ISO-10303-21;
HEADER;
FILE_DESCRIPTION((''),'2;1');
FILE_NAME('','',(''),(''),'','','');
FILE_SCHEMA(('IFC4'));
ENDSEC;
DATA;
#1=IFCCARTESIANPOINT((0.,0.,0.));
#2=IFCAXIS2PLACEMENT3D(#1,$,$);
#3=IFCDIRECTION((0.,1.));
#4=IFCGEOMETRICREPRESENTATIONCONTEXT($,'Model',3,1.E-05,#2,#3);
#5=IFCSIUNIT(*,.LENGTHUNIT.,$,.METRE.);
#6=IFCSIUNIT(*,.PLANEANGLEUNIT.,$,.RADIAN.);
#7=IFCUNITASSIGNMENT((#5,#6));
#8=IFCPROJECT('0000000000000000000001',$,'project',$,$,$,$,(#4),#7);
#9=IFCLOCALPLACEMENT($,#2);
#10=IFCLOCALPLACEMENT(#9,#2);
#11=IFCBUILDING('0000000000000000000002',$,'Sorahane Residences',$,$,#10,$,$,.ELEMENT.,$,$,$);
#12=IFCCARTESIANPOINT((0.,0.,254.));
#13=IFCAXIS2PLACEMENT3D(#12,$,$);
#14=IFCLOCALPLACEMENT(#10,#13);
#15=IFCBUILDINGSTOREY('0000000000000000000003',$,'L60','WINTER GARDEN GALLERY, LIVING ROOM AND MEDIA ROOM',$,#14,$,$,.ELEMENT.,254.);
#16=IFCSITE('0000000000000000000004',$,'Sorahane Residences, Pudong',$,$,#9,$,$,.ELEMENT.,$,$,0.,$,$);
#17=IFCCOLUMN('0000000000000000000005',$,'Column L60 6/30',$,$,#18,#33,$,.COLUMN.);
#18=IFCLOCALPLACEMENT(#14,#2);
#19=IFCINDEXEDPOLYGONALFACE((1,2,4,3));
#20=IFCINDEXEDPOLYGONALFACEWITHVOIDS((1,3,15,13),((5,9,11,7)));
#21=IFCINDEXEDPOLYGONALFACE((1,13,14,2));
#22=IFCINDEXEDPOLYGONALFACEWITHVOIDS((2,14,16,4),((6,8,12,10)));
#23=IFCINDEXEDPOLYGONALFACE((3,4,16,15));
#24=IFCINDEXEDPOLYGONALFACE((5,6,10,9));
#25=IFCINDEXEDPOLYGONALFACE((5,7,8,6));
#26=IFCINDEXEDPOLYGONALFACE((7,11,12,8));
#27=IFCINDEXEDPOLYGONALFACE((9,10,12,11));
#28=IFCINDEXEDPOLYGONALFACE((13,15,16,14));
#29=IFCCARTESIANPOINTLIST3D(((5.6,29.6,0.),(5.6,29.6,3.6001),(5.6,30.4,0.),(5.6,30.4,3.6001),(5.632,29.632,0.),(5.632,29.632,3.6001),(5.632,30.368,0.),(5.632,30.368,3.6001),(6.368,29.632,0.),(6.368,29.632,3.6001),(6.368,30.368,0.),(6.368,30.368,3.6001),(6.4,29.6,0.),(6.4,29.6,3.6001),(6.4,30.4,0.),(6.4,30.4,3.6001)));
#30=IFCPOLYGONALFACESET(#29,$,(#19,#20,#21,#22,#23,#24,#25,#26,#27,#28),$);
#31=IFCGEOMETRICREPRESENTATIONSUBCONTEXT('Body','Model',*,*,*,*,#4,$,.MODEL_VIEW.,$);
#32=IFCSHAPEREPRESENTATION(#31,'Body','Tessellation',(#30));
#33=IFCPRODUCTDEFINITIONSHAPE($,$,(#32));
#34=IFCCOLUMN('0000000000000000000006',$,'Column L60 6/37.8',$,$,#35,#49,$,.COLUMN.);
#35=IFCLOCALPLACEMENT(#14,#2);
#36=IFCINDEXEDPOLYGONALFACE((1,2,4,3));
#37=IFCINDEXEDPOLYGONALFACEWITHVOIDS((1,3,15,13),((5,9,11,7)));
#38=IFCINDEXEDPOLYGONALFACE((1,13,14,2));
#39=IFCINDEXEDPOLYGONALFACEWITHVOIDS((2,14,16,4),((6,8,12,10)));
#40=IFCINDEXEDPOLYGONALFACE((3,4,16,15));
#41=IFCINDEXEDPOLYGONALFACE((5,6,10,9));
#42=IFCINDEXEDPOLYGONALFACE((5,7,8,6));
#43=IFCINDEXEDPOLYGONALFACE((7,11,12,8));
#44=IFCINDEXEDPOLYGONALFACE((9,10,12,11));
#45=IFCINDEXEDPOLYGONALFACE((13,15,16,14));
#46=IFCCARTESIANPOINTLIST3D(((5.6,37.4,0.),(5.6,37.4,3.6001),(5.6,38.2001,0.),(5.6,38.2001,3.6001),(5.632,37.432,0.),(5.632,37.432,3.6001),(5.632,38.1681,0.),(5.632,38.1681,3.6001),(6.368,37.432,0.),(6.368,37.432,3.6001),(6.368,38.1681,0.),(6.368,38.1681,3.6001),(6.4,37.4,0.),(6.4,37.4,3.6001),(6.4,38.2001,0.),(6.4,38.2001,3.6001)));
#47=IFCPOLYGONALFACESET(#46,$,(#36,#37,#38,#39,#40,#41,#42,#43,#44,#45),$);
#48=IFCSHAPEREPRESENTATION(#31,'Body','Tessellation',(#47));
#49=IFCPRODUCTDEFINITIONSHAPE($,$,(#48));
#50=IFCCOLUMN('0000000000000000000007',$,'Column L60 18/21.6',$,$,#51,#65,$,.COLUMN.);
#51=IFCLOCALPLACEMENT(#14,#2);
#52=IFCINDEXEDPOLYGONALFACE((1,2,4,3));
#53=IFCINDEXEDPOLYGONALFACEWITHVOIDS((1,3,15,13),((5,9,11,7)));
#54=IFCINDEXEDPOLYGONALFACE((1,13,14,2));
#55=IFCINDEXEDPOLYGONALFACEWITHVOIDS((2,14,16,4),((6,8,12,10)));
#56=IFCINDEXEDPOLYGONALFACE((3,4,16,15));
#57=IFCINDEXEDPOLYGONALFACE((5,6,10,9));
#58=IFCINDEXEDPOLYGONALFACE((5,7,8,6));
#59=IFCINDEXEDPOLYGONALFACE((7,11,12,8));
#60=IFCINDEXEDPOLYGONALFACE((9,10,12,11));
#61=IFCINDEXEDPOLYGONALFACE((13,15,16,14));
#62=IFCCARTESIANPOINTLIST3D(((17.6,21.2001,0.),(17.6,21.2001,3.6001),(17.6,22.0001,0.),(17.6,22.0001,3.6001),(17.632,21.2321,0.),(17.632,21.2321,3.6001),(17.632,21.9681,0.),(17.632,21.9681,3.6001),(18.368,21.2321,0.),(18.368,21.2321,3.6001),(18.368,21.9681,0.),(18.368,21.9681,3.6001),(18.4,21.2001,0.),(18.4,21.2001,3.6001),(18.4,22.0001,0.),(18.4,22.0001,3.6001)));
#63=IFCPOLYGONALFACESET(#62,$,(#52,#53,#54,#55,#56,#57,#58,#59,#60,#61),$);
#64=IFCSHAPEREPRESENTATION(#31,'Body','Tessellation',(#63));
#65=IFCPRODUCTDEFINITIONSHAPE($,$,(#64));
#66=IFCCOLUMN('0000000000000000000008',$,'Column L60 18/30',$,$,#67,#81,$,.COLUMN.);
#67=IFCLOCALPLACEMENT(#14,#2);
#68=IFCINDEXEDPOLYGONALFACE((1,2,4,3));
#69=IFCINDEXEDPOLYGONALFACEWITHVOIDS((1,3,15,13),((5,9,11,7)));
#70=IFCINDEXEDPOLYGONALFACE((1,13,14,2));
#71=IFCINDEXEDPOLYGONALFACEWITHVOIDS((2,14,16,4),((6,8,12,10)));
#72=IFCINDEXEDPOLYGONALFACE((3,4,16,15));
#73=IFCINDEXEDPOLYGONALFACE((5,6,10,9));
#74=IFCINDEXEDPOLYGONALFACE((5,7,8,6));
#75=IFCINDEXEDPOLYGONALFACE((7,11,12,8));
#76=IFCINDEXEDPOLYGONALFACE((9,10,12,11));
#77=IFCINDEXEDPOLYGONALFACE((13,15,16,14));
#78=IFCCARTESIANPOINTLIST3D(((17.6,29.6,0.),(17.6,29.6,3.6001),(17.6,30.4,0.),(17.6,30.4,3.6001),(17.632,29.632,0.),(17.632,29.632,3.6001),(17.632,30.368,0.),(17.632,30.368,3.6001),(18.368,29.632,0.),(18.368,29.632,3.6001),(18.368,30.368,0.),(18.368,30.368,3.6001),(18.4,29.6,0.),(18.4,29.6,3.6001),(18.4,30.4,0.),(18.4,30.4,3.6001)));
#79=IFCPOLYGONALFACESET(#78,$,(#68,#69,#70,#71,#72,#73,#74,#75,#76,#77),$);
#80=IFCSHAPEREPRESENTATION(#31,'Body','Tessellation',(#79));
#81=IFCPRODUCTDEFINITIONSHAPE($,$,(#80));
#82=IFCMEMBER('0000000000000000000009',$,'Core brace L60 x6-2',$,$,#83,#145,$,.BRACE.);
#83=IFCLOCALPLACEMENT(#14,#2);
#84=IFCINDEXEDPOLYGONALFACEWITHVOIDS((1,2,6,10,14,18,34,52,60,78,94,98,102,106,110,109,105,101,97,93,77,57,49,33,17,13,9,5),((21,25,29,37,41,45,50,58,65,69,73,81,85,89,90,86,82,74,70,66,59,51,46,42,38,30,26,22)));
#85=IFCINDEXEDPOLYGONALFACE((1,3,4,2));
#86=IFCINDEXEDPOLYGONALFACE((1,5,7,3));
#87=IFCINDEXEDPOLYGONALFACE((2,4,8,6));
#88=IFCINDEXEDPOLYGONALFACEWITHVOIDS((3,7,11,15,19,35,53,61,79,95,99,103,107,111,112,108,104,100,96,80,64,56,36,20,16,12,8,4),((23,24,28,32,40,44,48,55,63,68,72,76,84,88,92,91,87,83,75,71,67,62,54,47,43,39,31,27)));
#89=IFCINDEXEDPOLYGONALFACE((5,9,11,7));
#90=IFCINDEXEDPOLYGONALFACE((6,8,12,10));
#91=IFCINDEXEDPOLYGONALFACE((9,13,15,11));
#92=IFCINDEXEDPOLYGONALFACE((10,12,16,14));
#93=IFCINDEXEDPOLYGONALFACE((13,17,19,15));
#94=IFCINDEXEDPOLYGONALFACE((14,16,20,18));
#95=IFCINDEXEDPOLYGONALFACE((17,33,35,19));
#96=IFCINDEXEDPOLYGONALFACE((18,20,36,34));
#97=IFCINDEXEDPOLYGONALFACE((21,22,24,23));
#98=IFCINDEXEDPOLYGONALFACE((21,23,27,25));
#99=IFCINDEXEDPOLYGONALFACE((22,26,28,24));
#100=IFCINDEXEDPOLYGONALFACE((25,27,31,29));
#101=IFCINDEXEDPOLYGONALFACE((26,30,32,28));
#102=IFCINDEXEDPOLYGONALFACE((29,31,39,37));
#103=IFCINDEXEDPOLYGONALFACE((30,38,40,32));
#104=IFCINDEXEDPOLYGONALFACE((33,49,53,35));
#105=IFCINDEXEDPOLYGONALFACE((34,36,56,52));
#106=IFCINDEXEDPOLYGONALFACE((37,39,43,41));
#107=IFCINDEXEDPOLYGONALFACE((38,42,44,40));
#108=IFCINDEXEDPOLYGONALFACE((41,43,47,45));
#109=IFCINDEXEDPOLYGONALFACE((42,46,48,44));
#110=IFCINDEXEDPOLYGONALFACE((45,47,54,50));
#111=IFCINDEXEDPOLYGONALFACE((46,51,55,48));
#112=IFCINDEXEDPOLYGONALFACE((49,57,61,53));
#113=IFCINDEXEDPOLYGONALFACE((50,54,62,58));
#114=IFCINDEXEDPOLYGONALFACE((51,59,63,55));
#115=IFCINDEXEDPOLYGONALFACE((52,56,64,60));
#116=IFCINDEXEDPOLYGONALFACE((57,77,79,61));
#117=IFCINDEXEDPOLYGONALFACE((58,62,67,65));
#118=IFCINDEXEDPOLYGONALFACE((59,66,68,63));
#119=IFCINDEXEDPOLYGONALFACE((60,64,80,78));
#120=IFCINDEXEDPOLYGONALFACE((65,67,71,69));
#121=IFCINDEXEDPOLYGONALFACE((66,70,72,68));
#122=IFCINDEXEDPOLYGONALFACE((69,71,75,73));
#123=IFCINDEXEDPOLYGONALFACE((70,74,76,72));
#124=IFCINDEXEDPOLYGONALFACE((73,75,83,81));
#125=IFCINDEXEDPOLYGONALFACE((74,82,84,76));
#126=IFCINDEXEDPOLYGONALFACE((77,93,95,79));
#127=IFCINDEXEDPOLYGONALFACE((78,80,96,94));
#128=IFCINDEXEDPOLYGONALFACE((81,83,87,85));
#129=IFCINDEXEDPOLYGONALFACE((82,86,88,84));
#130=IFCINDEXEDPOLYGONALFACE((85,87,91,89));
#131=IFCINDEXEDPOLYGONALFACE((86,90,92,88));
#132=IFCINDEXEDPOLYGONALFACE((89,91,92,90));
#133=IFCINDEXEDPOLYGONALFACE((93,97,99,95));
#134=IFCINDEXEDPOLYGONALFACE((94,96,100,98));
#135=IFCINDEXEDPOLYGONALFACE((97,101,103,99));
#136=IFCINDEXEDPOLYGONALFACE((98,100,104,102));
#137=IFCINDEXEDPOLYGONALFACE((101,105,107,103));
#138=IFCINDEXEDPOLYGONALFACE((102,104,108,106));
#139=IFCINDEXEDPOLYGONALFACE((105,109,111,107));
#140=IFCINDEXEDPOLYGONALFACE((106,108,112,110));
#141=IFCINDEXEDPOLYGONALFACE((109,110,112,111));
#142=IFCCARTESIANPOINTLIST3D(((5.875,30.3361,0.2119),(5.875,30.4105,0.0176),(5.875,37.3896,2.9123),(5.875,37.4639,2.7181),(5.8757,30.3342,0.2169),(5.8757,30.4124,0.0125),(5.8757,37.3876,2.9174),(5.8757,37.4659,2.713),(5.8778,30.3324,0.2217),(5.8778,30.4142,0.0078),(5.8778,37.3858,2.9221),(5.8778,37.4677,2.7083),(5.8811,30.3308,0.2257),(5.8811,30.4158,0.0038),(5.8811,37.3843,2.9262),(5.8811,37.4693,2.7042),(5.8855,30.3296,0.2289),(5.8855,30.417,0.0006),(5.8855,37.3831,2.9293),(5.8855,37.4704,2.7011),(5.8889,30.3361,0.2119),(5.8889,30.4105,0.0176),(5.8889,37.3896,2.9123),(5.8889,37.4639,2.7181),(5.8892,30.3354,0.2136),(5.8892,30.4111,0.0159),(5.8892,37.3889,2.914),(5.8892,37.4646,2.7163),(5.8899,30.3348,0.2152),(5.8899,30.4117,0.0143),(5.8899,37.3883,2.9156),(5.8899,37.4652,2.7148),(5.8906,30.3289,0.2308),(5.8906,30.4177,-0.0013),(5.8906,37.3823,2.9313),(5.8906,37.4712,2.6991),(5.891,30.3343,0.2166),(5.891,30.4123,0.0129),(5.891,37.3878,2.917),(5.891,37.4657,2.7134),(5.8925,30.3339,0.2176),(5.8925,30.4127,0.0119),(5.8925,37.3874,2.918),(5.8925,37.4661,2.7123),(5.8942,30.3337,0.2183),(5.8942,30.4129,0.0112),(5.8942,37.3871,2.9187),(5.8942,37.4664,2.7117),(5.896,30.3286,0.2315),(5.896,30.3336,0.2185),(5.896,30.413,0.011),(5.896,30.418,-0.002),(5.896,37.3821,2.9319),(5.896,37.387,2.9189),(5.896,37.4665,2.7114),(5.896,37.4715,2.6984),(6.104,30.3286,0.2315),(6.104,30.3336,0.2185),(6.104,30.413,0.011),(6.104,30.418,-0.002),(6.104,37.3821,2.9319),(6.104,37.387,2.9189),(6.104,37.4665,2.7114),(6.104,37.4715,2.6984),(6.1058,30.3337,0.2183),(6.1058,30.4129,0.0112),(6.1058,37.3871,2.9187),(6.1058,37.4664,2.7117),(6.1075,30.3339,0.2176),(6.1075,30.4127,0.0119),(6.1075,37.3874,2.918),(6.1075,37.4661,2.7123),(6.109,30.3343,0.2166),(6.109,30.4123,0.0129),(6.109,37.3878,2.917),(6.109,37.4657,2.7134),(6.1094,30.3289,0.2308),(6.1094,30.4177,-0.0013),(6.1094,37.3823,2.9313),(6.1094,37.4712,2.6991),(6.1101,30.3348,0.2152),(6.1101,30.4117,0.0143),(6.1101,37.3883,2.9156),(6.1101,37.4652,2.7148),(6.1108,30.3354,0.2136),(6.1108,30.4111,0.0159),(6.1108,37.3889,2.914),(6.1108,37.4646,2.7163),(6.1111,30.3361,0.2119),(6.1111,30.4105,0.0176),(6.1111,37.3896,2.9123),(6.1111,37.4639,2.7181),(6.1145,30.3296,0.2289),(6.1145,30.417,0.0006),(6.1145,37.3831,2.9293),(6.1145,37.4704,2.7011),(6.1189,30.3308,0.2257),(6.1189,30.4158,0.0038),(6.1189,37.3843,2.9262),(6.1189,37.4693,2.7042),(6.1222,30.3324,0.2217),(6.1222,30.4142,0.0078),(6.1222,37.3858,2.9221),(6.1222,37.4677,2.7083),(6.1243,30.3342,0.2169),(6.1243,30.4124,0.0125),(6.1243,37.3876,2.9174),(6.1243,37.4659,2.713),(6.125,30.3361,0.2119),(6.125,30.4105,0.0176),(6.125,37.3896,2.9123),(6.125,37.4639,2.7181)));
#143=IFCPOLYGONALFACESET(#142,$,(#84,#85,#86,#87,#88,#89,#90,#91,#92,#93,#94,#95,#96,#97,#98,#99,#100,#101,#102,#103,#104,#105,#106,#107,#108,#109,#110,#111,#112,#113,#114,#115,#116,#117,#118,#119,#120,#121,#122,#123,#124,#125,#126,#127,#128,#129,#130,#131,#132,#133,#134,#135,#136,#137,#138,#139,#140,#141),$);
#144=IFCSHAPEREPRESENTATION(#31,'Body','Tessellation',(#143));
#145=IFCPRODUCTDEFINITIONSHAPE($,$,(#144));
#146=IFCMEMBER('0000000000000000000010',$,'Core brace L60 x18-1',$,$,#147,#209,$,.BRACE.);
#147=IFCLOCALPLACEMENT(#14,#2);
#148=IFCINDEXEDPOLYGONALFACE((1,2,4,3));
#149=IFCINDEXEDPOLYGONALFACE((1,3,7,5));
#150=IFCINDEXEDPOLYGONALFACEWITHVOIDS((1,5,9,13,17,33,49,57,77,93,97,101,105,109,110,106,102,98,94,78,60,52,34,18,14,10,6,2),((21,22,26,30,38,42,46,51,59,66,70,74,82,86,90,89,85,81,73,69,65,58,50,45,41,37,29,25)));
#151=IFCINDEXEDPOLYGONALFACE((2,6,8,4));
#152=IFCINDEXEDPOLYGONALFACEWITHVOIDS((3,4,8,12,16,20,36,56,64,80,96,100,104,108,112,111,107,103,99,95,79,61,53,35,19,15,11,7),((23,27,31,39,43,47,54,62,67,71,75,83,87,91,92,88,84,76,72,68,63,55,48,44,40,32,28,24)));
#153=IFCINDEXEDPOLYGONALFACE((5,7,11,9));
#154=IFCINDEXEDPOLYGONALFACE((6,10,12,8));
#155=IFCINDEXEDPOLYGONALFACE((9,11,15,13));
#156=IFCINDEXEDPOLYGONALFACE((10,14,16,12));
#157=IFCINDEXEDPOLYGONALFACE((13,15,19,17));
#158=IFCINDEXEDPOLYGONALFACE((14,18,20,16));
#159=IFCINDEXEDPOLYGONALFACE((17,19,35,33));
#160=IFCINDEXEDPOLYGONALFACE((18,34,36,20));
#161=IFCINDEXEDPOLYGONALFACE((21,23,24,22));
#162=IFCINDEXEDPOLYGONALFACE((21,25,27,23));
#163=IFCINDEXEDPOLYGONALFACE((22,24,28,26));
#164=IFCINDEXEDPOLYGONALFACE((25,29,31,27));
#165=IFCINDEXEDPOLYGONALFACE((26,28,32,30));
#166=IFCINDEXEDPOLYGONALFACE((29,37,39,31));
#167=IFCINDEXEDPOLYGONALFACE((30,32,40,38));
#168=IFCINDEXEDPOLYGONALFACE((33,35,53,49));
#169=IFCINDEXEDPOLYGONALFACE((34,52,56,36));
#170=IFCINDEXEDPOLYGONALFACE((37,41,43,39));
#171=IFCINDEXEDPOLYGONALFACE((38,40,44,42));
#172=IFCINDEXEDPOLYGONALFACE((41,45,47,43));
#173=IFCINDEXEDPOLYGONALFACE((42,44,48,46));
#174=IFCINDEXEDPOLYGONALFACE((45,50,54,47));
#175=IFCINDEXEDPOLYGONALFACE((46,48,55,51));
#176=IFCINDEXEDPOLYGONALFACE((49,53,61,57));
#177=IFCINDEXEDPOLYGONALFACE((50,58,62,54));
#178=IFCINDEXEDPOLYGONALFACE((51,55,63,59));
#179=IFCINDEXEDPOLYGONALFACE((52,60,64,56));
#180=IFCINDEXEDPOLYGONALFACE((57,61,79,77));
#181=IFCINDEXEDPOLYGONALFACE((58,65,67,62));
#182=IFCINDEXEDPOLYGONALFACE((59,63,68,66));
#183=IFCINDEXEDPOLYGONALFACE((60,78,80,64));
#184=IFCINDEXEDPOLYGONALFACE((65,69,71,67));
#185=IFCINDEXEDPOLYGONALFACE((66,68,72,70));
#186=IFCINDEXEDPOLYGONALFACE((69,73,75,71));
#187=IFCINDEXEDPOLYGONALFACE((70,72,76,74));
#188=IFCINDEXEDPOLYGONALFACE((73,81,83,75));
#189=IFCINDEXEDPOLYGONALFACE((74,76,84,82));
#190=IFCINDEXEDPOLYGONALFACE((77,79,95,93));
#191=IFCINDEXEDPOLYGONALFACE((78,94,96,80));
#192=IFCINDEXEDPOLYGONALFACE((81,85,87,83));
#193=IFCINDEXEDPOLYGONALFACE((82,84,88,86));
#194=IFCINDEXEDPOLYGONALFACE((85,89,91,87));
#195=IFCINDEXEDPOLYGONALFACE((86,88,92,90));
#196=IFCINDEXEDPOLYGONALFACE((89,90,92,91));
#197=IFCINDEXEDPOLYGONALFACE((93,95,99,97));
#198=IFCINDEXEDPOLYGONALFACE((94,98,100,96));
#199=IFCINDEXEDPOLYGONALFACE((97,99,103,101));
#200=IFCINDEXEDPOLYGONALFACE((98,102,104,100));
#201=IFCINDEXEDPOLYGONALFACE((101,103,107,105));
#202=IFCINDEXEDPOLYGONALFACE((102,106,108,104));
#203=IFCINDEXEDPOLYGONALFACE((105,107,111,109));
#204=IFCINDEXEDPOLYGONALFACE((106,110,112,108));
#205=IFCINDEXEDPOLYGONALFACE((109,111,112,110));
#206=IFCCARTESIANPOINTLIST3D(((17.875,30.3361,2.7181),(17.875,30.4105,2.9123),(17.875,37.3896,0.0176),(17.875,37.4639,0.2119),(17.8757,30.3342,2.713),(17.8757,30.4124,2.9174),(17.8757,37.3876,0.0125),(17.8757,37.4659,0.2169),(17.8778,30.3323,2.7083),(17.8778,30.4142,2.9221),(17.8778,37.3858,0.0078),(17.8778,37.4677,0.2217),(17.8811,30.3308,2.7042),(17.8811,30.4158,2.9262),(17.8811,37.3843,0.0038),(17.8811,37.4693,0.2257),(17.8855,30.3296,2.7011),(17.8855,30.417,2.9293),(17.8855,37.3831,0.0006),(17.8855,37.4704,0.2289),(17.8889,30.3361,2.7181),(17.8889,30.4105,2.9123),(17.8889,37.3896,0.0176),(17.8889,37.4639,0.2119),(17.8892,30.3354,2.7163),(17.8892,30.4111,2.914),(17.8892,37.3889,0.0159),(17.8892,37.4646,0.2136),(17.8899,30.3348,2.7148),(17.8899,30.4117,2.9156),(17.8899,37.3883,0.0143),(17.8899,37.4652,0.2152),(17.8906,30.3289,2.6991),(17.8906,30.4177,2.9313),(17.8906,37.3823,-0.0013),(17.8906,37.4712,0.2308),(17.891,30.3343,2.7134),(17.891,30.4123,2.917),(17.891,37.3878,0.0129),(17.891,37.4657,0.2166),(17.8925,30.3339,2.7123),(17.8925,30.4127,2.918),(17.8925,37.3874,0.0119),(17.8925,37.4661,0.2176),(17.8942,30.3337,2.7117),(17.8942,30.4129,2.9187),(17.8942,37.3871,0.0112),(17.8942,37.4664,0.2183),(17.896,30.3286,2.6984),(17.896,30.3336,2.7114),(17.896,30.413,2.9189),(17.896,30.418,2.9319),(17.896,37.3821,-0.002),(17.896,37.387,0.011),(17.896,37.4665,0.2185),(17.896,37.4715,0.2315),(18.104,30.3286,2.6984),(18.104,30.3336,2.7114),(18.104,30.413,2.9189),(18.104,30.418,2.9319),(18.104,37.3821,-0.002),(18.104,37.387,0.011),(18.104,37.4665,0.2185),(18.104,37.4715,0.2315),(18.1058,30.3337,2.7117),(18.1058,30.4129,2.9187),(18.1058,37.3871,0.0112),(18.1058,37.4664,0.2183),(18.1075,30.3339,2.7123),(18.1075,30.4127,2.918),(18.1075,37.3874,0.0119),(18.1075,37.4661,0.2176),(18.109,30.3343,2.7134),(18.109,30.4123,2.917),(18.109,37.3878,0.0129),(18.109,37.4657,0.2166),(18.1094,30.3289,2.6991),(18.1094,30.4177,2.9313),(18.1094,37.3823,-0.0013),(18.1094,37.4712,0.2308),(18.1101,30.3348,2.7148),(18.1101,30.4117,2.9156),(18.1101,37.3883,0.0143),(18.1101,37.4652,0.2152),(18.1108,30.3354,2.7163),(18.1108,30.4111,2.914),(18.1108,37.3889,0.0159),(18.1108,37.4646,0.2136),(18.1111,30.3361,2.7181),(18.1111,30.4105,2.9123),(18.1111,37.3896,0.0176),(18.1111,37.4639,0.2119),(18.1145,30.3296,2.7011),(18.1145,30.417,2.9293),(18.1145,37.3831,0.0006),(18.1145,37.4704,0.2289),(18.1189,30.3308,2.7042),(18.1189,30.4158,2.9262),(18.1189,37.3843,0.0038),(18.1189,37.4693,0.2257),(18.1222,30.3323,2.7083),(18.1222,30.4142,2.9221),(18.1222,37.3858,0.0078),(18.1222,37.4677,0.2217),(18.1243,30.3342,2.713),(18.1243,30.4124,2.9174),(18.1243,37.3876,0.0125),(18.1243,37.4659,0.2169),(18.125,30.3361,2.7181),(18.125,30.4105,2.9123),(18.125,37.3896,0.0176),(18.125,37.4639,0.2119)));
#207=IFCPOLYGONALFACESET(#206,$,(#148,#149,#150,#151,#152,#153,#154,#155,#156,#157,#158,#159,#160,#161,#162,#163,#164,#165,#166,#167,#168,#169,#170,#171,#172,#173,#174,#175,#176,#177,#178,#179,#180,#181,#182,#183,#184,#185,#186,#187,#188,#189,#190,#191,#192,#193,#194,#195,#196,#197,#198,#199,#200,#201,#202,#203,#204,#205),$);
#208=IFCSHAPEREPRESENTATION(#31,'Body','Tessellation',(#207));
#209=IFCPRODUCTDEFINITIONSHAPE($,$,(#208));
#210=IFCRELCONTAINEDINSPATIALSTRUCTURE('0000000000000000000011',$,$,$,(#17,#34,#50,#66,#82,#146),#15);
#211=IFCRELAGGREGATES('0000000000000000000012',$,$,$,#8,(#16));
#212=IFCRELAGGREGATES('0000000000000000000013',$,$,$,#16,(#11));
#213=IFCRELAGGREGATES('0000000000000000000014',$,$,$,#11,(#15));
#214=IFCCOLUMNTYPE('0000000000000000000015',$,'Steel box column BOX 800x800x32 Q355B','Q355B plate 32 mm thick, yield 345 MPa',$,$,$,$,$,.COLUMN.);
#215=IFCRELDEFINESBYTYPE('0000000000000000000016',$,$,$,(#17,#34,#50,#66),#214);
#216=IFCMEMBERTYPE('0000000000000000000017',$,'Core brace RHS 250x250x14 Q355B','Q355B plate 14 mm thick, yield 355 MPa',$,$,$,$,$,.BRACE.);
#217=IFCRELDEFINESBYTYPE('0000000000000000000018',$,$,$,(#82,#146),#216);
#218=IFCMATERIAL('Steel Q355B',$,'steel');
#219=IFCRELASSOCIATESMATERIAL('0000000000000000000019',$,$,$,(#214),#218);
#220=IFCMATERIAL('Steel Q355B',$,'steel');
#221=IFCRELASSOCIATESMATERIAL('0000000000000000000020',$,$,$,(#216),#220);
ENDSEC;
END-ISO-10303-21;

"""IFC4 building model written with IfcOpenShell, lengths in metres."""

from ifc_helpers import new_model, si_unit, direction, frame, origin, origin_2d, place, context, subcontext, project, spatial, hollow_rectangle, extrude, material, material_profile, profile_set, type_object, element, save


model = new_model("IFC4")

# Units and contexts
model_context = context("Model", 3, precision=1e-05, world=origin(), true_north=direction((0.0, 1.0)))
body_context = subcontext(model_context, "Body", "Model", "MODEL_VIEW")
ifc_project = project(units=[si_unit("LENGTHUNIT", "METRE"), si_unit("PLANEANGLEUNIT", "RADIAN")], contexts=[model_context])

# Site, building, storey
site_placement = place(None, origin())
site = spatial("IfcSite", under=ifc_project, at=site_placement, Name="Sorahane Residences, Pudong", CompositionType="ELEMENT", RefElevation=0.0)
building_placement = place(site_placement, origin())
building = spatial("IfcBuilding", under=site, at=building_placement, Name="Sorahane Residences", CompositionType="ELEMENT")
storey_placement = place(building_placement, frame((0.0, 0.0, 254.0)))
storey = spatial("IfcBuildingStorey", under=building, at=storey_placement, Name="L60", Description="WINTER GARDEN GALLERY, LIVING ROOM AND MEDIA ROOM", CompositionType="ELEMENT", Elevation=254.0)

# Columns
ifc_material_1 = material(Name="Steel Q355B", Category="steel")
ifc_material_profile_1 = material_profile(ifc_material_1, hollow_rectangle(XDim=0.8, YDim=0.8, WallThickness=0.032, at=origin_2d()), Name="BOX 800x800x32")
ifc_profile_set_1 = profile_set([ifc_material_profile_1], Name="Steel Q355B")
column_type = type_object("IfcColumnType", Name="Steel box column BOX 800x800x32 Q355B", Description="Q355B plate 32 mm thick, yield 345 MPa", PredefinedType="COLUMN", material=ifc_profile_set_1)
for number, where, z_axis, x_axis, name in (
    (1, (6.0, 30.0, 0.0), (0.0, 0.0, 1.0), (1.0, 0.0, 0.0), "Column L60 6/30"),
    (2, (6.0, 37.8, 0.0), (0.0, 0.0, 1.0), (1.0, 0.0, 0.0), "Column L60 6/37.8"),
    (3, (18.0, 21.6001, 0.0), (0.0, 0.0, 1.0), (1.0, 0.0, 0.0), "Column L60 18/21.6"),
    (4, (18.0, 30.0, 0.0), (0.0, 0.0, 1.0), (1.0, 0.0, 0.0), "Column L60 18/30"),
):
    element("IfcColumn", number, at=place(storey_placement, frame(where, z_axis=z_axis, x_axis=x_axis)), inside=storey, type_object=column_type, Name=name, PredefinedType="COLUMN", context=body_context, shape_type="SweptSolid", body=[
        extrude(hollow_rectangle(XDim=0.8, YDim=0.8, WallThickness=0.032, at=origin_2d()), origin(), (0.0, 0.0, 1.0), 3.6001),
    ])

# Members
ifc_material_2 = material(Name="Steel Q355B", Category="steel")
ifc_material_profile_2 = material_profile(ifc_material_2, hollow_rectangle(XDim=0.25, YDim=0.25, WallThickness=0.0139, InnerFilletRadius=0.0071, OuterFilletRadius=0.021, at=origin_2d()), Name="RHS 250x250x14")
ifc_profile_set_2 = profile_set([ifc_material_profile_2], Name="Steel Q355B")
member_type = type_object("IfcMemberType", Name="Core brace RHS 250x250x14 Q355B", Description="Q355B plate 14 mm thick, yield 355 MPa", PredefinedType="BRACE", material=ifc_profile_set_2)
for number, where, z_axis, x_axis, name in (
    (5, (6.0, 30.3733, 0.1147), (0.0, 0.933896, 0.357545), (-1.0, 0.0, 0.0), "Core brace L60 x6-2"),
    (6, (18.0, 37.4268, 0.1147), (0.0, -0.933896, 0.357545), (1.0, 0.0, 0.0), "Core brace L60 x18-1"),
):
    element("IfcMember", number, at=place(storey_placement, frame(where, z_axis=z_axis, x_axis=x_axis)), inside=storey, type_object=member_type, Name=name, PredefinedType="BRACE", context=body_context, shape_type="SweptSolid", body=[
        extrude(hollow_rectangle(XDim=0.25, YDim=0.25, WallThickness=0.0139, InnerFilletRadius=0.0071, OuterFilletRadius=0.021, at=origin_2d()), origin(), (0.0, 0.0, 1.0), 7.5527),
    ])

save(model, "model.ifc")
